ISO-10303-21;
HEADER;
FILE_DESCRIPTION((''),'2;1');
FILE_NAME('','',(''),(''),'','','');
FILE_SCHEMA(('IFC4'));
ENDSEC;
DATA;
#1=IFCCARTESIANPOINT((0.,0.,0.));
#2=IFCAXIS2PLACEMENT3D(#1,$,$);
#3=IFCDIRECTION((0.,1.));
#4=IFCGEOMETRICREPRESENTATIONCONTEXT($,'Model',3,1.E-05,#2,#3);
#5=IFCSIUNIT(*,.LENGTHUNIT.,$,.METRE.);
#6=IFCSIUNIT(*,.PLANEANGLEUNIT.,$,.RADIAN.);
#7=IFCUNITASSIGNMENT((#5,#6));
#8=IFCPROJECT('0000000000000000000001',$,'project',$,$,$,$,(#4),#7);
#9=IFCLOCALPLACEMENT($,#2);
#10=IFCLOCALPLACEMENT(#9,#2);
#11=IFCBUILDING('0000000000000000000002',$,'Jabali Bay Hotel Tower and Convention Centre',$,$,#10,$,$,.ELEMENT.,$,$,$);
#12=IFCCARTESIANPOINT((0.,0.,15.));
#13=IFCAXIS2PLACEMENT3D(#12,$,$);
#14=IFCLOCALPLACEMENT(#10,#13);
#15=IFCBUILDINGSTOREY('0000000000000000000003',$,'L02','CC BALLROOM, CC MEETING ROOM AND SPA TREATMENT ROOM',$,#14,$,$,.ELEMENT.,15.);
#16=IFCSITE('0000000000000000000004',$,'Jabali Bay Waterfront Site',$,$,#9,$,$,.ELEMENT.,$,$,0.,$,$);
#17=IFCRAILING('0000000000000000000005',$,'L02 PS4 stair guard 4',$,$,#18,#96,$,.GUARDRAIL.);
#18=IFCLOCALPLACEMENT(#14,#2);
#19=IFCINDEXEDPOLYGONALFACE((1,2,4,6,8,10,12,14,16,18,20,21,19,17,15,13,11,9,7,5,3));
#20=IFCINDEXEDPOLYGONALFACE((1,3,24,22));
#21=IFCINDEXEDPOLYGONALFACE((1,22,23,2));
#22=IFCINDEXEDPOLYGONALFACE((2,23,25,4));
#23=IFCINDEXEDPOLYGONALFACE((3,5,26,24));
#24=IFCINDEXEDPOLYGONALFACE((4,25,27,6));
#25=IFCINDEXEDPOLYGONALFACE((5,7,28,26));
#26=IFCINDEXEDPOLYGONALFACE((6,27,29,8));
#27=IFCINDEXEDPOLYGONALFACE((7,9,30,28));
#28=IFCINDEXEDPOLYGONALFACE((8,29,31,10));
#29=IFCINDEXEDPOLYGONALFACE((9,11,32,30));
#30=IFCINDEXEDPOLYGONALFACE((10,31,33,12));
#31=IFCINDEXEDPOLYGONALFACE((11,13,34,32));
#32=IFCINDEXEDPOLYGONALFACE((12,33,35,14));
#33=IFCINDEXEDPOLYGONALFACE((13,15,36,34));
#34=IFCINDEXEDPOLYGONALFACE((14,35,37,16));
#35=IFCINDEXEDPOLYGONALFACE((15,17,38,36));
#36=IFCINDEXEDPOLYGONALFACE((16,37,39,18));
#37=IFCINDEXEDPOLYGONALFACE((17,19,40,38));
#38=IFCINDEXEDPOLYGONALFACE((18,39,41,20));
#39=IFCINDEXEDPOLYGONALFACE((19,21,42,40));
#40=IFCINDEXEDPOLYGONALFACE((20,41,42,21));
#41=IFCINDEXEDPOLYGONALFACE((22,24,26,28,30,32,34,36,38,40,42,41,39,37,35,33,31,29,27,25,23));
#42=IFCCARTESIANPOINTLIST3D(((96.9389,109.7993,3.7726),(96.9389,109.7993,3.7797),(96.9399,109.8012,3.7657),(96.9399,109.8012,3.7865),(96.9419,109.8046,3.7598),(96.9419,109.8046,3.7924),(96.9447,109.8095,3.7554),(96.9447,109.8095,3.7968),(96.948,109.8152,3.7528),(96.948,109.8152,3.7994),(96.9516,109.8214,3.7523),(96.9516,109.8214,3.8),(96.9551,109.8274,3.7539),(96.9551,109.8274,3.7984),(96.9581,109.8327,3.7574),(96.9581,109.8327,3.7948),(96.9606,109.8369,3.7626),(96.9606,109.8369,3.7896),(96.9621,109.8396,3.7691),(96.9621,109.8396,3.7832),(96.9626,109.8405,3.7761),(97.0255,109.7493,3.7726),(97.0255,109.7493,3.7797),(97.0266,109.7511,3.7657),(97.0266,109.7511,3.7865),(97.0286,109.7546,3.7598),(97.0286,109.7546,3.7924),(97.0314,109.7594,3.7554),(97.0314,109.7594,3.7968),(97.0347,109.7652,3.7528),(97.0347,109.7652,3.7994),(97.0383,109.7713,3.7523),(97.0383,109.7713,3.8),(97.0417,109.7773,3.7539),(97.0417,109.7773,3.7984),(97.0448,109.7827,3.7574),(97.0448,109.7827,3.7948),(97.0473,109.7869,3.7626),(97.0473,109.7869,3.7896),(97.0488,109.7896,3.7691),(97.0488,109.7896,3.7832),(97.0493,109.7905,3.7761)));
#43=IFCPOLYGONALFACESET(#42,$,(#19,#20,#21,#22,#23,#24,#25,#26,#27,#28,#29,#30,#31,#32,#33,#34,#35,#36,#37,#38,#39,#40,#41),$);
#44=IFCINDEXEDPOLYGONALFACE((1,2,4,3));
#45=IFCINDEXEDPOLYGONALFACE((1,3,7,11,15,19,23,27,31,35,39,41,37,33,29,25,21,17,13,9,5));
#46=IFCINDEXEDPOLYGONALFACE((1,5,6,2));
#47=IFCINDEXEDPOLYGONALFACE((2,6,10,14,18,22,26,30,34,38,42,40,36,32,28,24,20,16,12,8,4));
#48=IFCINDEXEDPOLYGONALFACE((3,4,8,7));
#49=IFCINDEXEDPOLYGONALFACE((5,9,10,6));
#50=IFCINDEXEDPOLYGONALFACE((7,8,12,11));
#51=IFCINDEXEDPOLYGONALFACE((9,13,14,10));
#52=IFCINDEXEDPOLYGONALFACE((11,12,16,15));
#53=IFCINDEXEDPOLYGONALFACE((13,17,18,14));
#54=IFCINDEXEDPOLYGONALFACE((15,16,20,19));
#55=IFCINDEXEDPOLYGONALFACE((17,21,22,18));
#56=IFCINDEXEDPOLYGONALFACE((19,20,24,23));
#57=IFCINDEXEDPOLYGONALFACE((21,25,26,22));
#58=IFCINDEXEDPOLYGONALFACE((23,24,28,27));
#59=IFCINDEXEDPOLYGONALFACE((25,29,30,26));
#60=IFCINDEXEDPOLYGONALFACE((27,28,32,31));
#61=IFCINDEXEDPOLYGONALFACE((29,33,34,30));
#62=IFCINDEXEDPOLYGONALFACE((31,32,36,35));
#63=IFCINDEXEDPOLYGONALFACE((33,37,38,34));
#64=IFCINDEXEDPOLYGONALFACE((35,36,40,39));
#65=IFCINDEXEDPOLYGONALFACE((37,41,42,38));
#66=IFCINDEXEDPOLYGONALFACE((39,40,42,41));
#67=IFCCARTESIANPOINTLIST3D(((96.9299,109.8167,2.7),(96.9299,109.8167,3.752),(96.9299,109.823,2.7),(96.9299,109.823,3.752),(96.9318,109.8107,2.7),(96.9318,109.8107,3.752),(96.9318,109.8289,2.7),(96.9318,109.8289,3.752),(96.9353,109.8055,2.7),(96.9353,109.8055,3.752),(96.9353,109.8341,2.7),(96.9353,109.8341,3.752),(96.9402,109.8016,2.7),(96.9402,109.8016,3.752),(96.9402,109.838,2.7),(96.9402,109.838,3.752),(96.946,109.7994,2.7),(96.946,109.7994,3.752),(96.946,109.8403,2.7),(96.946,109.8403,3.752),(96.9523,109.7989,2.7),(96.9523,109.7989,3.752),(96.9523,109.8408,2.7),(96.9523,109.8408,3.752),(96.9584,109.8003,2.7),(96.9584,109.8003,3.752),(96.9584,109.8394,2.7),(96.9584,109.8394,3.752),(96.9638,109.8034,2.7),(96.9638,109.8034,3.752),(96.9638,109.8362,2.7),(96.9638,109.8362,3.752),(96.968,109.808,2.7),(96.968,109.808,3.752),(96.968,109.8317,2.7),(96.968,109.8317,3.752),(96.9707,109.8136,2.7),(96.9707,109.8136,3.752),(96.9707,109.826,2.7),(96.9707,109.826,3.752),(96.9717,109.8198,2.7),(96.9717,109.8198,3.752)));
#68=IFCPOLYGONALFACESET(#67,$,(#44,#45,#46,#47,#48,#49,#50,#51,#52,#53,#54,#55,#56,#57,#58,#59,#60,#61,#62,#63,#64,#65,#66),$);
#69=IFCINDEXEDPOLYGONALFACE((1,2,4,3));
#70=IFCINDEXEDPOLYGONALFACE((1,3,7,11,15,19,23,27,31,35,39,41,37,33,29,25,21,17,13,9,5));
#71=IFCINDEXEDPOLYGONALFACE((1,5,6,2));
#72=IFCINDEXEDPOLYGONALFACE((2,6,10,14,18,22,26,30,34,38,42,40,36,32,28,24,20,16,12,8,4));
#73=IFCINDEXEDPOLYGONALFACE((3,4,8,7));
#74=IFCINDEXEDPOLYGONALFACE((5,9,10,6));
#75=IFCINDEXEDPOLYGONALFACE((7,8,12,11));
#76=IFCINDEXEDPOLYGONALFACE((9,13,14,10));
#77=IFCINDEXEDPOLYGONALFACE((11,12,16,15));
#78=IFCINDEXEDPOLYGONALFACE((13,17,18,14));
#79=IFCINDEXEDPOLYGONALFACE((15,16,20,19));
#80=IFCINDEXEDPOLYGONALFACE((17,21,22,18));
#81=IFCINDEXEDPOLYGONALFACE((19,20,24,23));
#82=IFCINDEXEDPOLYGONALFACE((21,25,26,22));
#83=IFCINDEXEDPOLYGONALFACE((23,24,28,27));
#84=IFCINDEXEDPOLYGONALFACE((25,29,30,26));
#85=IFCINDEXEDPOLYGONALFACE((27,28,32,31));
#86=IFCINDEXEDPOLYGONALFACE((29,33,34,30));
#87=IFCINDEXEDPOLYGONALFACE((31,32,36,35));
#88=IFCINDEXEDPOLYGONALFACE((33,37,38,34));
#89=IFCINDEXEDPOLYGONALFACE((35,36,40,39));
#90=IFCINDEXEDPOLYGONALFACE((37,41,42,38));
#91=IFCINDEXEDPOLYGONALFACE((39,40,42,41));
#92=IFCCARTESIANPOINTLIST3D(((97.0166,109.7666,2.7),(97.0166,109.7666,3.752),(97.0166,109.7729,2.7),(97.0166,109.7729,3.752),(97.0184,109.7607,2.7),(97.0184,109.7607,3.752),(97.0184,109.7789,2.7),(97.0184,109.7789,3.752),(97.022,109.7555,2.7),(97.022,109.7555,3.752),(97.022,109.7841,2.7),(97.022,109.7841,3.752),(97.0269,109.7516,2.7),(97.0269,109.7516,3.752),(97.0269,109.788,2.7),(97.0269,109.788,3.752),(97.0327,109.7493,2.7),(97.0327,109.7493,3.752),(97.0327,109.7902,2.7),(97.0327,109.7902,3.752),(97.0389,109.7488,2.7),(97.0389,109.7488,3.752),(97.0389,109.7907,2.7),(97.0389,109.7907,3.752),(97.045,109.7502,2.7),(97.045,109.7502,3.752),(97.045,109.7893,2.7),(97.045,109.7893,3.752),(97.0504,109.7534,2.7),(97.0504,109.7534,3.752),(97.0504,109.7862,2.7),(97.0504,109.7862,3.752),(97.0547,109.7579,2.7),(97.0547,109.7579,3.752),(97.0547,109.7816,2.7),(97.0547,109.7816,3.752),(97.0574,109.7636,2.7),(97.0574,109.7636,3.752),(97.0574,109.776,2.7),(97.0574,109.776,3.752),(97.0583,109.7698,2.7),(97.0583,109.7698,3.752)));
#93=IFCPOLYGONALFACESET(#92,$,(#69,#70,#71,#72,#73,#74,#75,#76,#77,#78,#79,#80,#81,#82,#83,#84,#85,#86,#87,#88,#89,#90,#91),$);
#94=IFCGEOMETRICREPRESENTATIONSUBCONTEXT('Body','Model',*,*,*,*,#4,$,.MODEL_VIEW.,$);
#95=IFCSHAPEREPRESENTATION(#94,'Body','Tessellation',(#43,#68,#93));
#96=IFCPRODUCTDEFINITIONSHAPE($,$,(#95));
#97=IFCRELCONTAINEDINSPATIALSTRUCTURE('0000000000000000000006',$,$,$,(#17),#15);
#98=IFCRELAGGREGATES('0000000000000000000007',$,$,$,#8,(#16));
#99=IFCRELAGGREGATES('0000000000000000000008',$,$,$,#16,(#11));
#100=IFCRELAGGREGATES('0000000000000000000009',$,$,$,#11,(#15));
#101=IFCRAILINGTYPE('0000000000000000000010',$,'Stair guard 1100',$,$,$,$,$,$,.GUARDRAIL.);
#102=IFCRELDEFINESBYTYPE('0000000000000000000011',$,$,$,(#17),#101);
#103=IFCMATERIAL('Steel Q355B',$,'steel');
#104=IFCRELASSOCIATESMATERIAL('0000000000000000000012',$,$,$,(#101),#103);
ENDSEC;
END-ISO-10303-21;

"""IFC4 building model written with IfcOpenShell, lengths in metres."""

from ifc_helpers import new_model, si_unit, direction, frame, origin, origin_2d, place, context, subcontext, project, spatial, circle, extrude, material, type_object, element, save


model = new_model("IFC4")

# Units and contexts
model_context = context("Model", 3, precision=1e-05, world=origin(), true_north=direction((0.0, 1.0)))
body_context = subcontext(model_context, "Body", "Model", "MODEL_VIEW")
ifc_project = project(units=[si_unit("LENGTHUNIT", "METRE"), si_unit("PLANEANGLEUNIT", "RADIAN")], contexts=[model_context])

# Site, building, storey
site_placement = place(None, origin())
site = spatial("IfcSite", under=ifc_project, at=site_placement, Name="Jabali Bay Waterfront Site", CompositionType="ELEMENT", RefElevation=0.0)
building_placement = place(site_placement, origin())
building = spatial("IfcBuilding", under=site, at=building_placement, Name="Jabali Bay Hotel Tower and Convention Centre", CompositionType="ELEMENT")
storey_placement = place(building_placement, frame((0.0, 0.0, 15.0)))
storey = spatial("IfcBuildingStorey", under=building, at=storey_placement, Name="L02", Description="CC BALLROOM, CC MEETING ROOM AND SPA TREATMENT ROOM", CompositionType="ELEMENT", Elevation=15.0)

# Railing
ifc_material_1 = material(Name="Steel Q355B", Category="steel")
railing_type_1 = type_object("IfcRailingType", Name="Stair guard 1100", PredefinedType="GUARDRAIL", material=ifc_material_1)
railing_1_placement = place(storey_placement, frame((96.9507, 109.8198, 2.7)))
element("IfcRailing", 1, at=railing_1_placement, inside=storey, type_object=railing_type_1, Name="L02 PS4 stair guard 4", PredefinedType="GUARDRAIL", context=body_context, shape_type="SweptSolid", body=[
    extrude(circle(Radius=0.0239, at=origin_2d()), frame((0.0, 0.0, 1.0762), z_axis=(0.865982, -0.500074, 0.0), x_axis=(0.500074, 0.865982, 0.0)), (0.0, 0.0, 1.0), 0.1001),
    extrude(circle(Radius=0.021, at=origin_2d()), origin(), (0.0, 0.0, 1.0), 1.052),
    extrude(circle(Radius=0.021, at=origin_2d()), frame((0.0867, -0.05, 0.0)), (0.0, 0.0, 1.0), 1.052),
])

save(model, "model.ifc")
